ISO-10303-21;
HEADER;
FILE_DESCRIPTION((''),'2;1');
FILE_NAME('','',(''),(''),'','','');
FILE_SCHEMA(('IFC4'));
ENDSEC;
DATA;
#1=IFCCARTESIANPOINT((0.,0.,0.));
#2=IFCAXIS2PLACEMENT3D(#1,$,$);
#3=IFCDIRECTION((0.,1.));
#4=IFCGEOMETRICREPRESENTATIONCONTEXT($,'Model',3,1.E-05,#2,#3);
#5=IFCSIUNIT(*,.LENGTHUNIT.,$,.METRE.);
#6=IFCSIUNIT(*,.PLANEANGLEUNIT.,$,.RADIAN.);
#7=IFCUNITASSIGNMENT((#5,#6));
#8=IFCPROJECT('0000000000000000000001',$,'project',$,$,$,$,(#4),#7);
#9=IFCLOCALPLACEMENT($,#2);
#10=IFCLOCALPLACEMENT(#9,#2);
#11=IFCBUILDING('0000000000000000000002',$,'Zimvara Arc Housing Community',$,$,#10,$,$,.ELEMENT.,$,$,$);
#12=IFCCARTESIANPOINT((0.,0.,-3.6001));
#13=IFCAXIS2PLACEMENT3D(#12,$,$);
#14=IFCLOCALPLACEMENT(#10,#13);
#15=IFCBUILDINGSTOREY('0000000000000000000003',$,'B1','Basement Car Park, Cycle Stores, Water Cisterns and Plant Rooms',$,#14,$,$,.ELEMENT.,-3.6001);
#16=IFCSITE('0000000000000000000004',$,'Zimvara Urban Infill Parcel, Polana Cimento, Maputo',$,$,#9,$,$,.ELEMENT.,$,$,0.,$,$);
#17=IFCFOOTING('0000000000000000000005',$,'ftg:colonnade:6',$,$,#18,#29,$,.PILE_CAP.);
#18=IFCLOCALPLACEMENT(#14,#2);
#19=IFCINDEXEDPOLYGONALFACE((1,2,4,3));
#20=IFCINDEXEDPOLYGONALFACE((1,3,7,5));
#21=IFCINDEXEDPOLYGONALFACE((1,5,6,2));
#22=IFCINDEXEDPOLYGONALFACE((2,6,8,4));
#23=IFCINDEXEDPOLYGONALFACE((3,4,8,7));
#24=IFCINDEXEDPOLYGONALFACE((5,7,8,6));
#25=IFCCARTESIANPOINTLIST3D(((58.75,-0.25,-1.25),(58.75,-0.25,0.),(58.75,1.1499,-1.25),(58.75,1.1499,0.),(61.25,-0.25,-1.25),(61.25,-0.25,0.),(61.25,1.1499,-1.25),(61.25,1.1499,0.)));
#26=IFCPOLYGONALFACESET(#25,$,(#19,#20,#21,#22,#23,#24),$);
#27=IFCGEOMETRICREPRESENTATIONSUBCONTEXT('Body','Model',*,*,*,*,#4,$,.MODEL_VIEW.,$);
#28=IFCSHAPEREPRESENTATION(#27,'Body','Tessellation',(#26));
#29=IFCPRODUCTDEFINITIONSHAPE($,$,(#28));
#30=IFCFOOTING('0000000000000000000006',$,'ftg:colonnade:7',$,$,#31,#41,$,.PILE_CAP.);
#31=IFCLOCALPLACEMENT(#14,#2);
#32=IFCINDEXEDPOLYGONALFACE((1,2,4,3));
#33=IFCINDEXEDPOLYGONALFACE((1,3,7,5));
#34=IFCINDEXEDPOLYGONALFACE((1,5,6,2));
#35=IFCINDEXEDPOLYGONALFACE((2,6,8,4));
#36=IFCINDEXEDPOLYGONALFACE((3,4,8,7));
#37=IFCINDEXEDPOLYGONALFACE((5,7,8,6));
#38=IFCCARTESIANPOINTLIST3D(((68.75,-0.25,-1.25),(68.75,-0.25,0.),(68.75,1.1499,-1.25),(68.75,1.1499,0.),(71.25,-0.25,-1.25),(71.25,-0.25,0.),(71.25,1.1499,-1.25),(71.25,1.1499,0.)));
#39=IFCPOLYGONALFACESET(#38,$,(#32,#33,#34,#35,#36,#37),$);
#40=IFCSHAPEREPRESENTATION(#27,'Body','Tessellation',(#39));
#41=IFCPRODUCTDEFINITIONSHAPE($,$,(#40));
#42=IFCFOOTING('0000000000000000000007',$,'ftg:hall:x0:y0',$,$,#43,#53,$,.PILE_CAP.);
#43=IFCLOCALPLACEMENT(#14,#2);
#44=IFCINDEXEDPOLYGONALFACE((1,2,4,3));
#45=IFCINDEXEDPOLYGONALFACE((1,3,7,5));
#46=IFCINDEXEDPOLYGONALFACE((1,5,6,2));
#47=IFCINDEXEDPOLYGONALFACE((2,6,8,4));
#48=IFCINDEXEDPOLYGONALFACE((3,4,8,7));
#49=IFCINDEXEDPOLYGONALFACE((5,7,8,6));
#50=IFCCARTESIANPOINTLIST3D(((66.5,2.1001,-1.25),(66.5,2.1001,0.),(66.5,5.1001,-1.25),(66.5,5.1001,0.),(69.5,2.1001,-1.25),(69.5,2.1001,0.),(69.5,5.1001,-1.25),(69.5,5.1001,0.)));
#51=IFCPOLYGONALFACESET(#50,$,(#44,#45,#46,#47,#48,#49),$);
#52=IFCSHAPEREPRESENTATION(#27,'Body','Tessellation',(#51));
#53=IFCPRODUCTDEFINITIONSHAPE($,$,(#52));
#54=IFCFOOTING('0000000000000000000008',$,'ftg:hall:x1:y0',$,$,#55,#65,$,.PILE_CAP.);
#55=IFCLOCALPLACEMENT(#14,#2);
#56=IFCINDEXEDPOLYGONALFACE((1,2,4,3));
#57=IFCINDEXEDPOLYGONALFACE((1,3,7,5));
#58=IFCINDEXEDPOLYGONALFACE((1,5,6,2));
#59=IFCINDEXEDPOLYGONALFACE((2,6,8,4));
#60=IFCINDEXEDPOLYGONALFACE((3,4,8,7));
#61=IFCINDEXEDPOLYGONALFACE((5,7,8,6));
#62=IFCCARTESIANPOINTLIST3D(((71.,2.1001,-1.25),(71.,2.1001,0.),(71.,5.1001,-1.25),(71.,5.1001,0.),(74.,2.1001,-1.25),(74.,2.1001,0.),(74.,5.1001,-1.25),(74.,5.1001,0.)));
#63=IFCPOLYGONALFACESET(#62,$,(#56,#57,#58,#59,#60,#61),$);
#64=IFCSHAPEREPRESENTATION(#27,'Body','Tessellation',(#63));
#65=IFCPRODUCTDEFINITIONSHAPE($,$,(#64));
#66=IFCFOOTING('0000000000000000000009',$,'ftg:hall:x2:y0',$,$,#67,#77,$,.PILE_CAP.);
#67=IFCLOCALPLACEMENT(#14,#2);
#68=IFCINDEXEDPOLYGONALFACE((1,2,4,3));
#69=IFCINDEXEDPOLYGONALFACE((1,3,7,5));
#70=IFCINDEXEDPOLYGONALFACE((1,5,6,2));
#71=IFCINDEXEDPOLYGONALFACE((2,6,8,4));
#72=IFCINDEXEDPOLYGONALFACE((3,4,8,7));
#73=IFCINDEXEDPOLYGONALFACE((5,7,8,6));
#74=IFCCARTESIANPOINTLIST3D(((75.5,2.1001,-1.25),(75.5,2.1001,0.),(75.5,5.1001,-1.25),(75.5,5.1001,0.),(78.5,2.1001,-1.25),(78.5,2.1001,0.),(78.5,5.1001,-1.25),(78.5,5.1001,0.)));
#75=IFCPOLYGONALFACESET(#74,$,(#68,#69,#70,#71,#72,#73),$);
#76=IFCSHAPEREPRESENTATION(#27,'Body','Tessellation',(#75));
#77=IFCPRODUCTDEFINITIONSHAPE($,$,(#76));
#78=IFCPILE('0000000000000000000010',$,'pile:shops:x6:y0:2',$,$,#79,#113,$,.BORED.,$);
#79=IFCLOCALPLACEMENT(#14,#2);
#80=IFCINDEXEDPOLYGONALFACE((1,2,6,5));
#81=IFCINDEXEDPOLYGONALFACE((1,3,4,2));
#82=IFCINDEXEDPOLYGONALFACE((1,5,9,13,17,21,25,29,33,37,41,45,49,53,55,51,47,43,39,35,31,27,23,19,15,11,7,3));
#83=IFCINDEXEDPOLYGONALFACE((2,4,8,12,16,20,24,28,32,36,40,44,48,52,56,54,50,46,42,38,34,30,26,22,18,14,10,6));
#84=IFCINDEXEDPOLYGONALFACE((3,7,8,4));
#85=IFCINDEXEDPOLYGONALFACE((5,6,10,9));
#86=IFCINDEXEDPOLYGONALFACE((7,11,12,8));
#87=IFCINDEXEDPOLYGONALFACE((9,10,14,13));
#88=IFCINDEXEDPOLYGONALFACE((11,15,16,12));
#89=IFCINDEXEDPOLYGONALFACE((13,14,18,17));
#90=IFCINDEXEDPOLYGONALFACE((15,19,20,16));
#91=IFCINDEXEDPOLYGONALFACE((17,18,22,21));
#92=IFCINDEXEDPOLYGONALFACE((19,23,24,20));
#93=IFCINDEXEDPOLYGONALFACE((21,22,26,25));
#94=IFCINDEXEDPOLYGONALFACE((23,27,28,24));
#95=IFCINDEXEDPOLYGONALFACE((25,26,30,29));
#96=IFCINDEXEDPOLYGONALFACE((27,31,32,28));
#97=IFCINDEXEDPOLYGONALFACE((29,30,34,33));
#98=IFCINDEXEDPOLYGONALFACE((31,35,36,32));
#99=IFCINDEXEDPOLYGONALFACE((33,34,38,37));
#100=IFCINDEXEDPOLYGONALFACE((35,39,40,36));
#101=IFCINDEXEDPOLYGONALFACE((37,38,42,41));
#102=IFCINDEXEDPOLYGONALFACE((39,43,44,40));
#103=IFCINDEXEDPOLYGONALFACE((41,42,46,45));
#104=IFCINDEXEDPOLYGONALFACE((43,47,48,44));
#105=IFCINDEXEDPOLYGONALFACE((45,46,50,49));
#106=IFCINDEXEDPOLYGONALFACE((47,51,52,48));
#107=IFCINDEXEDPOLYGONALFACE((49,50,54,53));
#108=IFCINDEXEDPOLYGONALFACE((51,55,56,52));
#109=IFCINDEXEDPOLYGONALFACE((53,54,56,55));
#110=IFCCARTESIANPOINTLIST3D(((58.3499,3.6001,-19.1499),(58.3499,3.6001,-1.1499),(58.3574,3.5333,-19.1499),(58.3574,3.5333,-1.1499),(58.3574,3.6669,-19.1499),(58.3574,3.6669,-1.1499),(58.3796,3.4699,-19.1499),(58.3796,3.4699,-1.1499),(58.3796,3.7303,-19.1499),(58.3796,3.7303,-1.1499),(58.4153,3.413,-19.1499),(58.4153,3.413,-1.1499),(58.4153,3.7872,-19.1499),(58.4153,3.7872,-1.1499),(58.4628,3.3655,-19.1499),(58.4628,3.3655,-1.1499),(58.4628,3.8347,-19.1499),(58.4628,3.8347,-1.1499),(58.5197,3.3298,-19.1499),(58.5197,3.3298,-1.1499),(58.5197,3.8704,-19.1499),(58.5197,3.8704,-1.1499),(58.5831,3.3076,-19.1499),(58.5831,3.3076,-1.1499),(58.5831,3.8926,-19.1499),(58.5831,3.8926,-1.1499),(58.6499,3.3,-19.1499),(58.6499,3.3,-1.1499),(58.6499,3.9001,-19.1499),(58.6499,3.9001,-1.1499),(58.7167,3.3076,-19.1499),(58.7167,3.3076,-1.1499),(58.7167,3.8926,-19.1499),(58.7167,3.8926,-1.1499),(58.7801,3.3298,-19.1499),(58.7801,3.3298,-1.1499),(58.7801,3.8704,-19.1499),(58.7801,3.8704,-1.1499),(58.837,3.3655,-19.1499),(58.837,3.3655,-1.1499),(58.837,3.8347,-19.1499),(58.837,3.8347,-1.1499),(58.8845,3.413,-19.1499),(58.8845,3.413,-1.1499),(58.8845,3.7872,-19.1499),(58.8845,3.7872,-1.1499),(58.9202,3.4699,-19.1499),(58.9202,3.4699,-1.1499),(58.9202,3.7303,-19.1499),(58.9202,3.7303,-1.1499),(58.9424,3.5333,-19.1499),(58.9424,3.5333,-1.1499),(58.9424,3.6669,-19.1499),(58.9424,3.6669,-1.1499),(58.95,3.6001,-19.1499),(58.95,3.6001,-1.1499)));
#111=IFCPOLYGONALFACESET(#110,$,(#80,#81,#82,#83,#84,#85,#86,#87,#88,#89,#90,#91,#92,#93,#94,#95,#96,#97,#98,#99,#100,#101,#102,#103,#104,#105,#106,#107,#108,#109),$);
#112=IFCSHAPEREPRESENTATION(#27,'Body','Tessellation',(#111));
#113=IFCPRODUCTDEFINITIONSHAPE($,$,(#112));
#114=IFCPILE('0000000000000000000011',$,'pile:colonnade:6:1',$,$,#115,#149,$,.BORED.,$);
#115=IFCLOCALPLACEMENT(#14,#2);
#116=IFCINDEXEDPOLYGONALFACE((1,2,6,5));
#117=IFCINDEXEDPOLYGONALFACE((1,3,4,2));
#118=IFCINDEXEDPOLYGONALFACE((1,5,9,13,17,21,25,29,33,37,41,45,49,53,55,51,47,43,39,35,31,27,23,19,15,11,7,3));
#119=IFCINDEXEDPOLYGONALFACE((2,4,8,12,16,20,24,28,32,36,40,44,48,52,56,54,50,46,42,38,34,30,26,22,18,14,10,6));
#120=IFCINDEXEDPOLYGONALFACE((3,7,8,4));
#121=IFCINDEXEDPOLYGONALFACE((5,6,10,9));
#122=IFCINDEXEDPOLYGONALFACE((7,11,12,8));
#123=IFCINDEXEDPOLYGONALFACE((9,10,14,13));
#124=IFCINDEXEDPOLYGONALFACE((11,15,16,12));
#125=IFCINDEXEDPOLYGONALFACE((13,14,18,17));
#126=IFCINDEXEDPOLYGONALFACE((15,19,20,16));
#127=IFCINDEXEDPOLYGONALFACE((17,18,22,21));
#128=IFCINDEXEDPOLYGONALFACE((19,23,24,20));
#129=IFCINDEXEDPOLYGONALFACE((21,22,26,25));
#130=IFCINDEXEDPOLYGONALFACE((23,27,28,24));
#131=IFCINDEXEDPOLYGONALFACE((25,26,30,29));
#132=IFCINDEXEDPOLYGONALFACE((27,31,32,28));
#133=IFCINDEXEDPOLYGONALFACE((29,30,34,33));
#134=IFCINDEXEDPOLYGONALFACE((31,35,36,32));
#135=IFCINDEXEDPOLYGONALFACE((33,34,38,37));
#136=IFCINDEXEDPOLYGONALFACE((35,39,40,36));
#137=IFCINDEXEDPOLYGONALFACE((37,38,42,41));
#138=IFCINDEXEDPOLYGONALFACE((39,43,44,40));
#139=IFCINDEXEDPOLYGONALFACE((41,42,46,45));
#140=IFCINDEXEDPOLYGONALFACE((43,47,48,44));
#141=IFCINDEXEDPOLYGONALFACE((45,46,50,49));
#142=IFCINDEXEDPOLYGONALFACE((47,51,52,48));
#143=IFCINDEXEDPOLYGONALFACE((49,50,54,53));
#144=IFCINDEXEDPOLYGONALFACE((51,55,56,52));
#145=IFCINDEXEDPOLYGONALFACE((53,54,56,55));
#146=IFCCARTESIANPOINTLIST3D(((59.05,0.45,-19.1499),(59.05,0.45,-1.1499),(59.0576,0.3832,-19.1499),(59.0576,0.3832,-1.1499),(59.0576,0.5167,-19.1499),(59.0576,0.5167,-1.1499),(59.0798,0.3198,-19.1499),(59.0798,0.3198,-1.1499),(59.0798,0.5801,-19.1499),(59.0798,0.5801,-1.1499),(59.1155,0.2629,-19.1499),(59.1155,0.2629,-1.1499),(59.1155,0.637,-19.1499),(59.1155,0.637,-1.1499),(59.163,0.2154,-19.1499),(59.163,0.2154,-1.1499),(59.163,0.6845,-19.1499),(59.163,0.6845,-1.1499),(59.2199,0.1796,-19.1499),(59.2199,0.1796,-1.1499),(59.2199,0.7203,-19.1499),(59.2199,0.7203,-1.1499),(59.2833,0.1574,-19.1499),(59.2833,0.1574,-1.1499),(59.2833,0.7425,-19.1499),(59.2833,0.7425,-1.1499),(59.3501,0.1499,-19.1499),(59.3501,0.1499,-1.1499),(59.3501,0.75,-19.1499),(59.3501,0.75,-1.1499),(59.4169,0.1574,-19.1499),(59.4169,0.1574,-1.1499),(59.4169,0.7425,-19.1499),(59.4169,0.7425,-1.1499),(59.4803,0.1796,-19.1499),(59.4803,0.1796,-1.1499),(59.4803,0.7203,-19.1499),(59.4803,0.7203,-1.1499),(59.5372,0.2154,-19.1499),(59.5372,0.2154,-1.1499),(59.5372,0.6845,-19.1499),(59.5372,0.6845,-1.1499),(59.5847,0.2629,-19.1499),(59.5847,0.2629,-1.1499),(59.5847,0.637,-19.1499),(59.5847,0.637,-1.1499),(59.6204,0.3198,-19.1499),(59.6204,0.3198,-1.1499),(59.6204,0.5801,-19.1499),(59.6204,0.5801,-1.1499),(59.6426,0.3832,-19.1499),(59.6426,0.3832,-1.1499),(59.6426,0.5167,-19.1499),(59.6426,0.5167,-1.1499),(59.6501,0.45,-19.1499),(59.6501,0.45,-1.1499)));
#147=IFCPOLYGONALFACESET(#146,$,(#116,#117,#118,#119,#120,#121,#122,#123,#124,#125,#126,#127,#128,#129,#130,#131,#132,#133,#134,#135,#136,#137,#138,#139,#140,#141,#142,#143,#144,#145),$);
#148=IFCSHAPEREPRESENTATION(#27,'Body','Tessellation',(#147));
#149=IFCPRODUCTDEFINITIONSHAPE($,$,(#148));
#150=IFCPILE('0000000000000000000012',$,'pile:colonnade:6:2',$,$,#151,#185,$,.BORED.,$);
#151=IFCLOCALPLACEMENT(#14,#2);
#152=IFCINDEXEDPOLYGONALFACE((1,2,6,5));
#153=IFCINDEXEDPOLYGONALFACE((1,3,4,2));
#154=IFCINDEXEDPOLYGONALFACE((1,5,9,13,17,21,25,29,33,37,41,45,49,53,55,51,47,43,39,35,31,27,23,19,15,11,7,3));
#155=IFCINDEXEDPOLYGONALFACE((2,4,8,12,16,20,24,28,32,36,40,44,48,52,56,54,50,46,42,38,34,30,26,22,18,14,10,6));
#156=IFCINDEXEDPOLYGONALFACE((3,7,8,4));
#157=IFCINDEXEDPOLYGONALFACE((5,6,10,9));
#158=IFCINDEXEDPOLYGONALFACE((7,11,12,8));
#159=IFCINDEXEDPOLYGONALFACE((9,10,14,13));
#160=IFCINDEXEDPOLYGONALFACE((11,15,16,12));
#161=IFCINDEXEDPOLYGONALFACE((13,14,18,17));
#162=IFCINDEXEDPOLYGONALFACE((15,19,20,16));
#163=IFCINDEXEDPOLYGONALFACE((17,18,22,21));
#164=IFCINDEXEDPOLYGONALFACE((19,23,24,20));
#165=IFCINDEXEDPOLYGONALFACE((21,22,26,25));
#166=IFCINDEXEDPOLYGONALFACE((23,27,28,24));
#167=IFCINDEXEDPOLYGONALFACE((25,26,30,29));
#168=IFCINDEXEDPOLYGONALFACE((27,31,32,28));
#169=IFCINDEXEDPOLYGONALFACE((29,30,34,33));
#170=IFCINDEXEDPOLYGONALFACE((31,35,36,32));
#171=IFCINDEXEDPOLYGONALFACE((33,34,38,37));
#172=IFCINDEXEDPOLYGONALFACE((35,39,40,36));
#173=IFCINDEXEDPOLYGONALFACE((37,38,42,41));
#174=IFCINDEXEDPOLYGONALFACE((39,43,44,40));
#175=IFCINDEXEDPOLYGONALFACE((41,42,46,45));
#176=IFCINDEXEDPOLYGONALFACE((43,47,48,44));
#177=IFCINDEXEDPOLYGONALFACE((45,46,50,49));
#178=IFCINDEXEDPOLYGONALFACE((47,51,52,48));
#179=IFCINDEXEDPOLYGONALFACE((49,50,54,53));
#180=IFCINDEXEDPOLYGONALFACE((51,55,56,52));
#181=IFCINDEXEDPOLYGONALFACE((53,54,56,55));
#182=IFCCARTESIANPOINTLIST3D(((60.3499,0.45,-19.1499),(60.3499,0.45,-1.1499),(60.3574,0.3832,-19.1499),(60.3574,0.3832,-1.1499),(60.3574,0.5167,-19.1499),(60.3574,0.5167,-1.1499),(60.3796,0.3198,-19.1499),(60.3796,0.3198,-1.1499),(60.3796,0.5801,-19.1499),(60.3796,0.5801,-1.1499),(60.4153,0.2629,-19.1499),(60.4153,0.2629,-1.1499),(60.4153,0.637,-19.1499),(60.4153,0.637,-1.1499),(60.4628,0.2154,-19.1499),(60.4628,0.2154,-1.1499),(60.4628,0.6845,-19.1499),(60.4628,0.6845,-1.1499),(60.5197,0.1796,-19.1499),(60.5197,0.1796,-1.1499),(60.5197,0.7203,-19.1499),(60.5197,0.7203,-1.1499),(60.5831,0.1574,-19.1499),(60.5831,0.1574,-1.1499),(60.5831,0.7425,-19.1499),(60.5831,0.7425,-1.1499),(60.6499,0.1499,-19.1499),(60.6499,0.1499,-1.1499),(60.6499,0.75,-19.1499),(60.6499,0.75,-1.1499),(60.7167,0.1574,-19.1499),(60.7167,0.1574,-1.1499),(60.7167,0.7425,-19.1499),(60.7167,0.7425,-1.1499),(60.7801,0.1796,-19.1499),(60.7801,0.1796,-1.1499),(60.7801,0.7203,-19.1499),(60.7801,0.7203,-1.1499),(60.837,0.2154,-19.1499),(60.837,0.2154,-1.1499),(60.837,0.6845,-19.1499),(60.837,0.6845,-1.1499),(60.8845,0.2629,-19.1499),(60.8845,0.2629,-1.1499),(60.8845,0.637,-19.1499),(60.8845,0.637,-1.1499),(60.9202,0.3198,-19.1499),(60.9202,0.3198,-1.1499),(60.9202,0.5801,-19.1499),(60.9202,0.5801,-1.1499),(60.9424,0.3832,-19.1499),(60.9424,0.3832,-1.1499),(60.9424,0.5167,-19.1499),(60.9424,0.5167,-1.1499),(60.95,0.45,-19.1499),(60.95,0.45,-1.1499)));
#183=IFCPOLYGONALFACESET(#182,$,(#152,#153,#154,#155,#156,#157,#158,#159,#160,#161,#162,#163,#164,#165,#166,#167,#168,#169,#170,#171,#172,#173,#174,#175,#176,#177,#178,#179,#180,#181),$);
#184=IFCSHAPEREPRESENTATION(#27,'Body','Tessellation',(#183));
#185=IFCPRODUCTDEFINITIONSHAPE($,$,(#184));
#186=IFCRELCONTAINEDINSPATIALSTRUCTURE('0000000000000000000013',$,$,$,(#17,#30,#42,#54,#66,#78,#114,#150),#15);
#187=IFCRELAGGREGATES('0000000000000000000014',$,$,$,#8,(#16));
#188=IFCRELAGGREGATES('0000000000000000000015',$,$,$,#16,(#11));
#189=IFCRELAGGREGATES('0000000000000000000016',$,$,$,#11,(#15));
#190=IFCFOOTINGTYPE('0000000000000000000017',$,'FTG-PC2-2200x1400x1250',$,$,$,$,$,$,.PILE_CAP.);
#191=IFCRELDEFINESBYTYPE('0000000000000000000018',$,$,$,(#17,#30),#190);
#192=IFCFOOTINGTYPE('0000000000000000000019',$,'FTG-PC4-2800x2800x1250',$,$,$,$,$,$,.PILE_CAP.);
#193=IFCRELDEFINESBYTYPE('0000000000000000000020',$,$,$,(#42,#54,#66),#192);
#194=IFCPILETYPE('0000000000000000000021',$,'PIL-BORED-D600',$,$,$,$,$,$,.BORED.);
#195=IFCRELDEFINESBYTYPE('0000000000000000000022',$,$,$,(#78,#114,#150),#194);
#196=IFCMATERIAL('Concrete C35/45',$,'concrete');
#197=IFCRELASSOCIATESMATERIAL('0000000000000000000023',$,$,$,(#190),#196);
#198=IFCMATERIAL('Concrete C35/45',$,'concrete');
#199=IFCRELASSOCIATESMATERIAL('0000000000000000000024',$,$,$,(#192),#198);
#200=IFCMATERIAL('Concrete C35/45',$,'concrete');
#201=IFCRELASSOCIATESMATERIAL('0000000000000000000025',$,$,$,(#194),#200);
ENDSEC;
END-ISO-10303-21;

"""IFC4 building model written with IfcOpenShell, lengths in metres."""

from ifc_helpers import new_model, si_unit, direction, frame, origin, origin_2d, place, context, subcontext, project, spatial, rectangle, circle, extrude, material, material_profile, profile_set, type_object, element, save


model = new_model("IFC4")

# Units and contexts
model_context = context("Model", 3, precision=1e-05, world=origin(), true_north=direction((0.0, 1.0)))
body_context = subcontext(model_context, "Body", "Model", "MODEL_VIEW")
ifc_project = project(units=[si_unit("LENGTHUNIT", "METRE"), si_unit("PLANEANGLEUNIT", "RADIAN")], contexts=[model_context])

# Site, building, storey
site_placement = place(None, origin())
site = spatial("IfcSite", under=ifc_project, at=site_placement, Name="Zimvara Urban Infill Parcel, Polana Cimento, Maputo", CompositionType="ELEMENT", RefElevation=0.0)
building_placement = place(site_placement, origin())
building = spatial("IfcBuilding", under=site, at=building_placement, Name="Zimvara Arc Housing Community", CompositionType="ELEMENT")
storey_placement = place(building_placement, frame((0.0, 0.0, -3.6001)))
storey = spatial("IfcBuildingStorey", under=building, at=storey_placement, Name="B1", Description="Basement Car Park, Cycle Stores, Water Cisterns and Plant Rooms", CompositionType="ELEMENT", Elevation=-3.6001)

# Footings
ifc_material_1 = material(Name="Concrete C35/45", Category="concrete")
footing_type_1 = type_object("IfcFootingType", Name="FTG-PC2-2200x1400x1250", PredefinedType="PILE_CAP", material=ifc_material_1)
for number, where, z_axis, x_axis, name in (
    (1, (60.0, 0.45, -1.25), (0.0, 0.0, 1.0), (1.0, 0.0, 0.0), "ftg:colonnade:6"),
    (2, (70.0, 0.45, -1.25), (0.0, 0.0, 1.0), (1.0, 0.0, 0.0), "ftg:colonnade:7"),
):
    element("IfcFooting", number, at=place(storey_placement, frame(where, z_axis=z_axis, x_axis=x_axis)), inside=storey, type_object=footing_type_1, Name=name, PredefinedType="PILE_CAP", context=body_context, shape_type="SweptSolid", body=[
        extrude(rectangle(XDim=2.5, YDim=1.3999, at=origin_2d()), origin(), (0.0, 0.0, 1.0), 1.25),
    ])
ifc_material_2 = material(Name="Concrete C35/45", Category="concrete")
footing_type_2 = type_object("IfcFootingType", Name="FTG-PC4-2800x2800x1250", PredefinedType="PILE_CAP", material=ifc_material_2)
for number, where, z_axis, x_axis, name in (
    (3, (68.0, 3.6001, -1.25), (0.0, 0.0, 1.0), (1.0, 0.0, 0.0), "ftg:hall:x0:y0"),
    (4, (72.5, 3.6001, -1.25), (0.0, 0.0, 1.0), (1.0, 0.0, 0.0), "ftg:hall:x1:y0"),
    (5, (77.0, 3.6001, -1.25), (0.0, 0.0, 1.0), (1.0, 0.0, 0.0), "ftg:hall:x2:y0"),
):
    element("IfcFooting", number, at=place(storey_placement, frame(where, z_axis=z_axis, x_axis=x_axis)), inside=storey, type_object=footing_type_2, Name=name, PredefinedType="PILE_CAP", context=body_context, shape_type="SweptSolid", body=[
        extrude(rectangle(XDim=3.0, YDim=3.0, at=origin_2d()), origin(), (0.0, 0.0, 1.0), 1.25),
    ])

# Piles
ifc_material_3 = material(Name="Concrete C35/45", Category="concrete")
ifc_material_profile_1 = material_profile(ifc_material_3, circle(Radius=0.3, at=origin_2d()), Name="PILE D600")
ifc_profile_set_1 = profile_set([ifc_material_profile_1], Name="Concrete C35/45")
pile_type_1 = type_object("IfcPileType", Name="PIL-BORED-D600", PredefinedType="BORED", material=ifc_profile_set_1)
for number, where, z_axis, x_axis, name in (
    (6, (58.6499, 3.6001, -1.1499), (0.0, 0.0, -1.0), (1.0, 0.0, 0.0), "pile:shops:x6:y0:2"),
    (7, (59.3501, 0.45, -1.1499), (0.0, 0.0, -1.0), (1.0, 0.0, 0.0), "pile:colonnade:6:1"),
    (8, (60.6499, 0.45, -1.1499), (0.0, 0.0, -1.0), (1.0, 0.0, 0.0), "pile:colonnade:6:2"),
):
    element("IfcPile", number, at=place(storey_placement, frame(where, z_axis=z_axis, x_axis=x_axis)), inside=storey, type_object=pile_type_1, Name=name, PredefinedType="BORED", context=body_context, shape_type="SweptSolid", body=[
        extrude(circle(Radius=0.3, at=origin_2d()), origin(), (0.0, 0.0, 1.0), 18.0),
    ])

save(model, "model.ifc")
